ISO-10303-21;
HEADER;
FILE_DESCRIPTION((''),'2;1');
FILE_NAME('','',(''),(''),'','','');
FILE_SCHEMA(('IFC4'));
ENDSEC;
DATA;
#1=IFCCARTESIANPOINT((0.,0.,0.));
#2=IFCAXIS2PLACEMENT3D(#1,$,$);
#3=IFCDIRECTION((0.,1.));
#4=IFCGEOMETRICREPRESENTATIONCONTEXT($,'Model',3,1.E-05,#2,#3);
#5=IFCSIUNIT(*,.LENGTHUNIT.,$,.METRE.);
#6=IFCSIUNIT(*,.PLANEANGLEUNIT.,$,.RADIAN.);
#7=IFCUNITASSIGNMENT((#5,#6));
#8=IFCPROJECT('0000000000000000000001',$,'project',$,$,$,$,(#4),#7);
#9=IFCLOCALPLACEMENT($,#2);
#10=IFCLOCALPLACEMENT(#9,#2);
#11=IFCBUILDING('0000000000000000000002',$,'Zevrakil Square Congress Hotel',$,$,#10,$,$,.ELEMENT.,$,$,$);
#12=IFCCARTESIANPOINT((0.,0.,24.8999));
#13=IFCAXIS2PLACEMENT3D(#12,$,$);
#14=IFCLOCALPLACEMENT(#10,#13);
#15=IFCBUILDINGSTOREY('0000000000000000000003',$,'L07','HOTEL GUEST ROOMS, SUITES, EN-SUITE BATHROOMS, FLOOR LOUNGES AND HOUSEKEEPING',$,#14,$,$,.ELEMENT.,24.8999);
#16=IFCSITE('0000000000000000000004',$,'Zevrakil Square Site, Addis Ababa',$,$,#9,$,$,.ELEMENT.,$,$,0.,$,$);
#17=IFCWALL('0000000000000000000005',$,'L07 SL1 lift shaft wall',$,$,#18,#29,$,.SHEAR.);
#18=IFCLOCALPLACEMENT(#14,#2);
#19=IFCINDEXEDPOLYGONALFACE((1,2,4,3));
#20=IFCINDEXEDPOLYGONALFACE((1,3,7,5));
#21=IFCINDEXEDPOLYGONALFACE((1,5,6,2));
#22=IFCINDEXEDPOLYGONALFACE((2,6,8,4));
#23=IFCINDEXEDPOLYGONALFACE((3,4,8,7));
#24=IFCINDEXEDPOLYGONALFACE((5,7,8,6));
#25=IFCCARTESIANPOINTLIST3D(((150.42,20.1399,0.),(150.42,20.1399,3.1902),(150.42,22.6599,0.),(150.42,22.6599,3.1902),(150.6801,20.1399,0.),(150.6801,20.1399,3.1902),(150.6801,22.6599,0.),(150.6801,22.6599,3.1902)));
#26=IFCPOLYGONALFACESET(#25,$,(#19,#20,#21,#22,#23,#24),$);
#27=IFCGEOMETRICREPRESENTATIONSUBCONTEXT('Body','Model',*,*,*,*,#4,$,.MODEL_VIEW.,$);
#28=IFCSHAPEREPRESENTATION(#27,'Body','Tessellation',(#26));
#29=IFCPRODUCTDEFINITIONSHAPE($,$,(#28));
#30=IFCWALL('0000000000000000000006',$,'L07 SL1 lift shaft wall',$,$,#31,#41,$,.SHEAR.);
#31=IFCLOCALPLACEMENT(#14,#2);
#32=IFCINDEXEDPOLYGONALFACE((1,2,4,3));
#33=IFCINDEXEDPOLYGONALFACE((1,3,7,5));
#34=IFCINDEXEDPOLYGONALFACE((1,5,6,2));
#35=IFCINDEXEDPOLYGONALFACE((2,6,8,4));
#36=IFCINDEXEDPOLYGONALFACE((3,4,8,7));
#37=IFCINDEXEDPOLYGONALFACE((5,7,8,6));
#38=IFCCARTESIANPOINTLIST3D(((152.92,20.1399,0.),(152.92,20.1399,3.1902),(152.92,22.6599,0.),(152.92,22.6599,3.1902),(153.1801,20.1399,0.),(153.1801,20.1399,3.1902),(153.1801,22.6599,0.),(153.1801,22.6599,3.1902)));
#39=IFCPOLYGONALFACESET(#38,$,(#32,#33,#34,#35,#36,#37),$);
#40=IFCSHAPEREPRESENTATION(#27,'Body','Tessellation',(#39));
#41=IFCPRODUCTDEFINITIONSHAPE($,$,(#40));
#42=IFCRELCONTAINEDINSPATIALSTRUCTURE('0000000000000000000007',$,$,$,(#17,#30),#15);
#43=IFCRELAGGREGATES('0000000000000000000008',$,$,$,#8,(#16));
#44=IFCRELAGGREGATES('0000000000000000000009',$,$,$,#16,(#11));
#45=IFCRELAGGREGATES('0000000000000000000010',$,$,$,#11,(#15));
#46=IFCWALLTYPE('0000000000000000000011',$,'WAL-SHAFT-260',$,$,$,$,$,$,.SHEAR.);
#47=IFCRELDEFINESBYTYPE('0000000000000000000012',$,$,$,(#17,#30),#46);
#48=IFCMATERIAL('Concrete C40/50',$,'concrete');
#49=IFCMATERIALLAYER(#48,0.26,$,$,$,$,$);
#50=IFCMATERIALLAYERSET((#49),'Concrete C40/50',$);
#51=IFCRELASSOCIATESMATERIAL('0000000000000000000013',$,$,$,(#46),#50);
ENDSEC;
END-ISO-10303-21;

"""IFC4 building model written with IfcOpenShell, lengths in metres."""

from ifc_helpers import new_model, si_unit, direction, frame, frame_2d, origin, place, context, subcontext, project, spatial, rectangle, extrude, material, layer, layer_set, type_object, element, save


model = new_model("IFC4")

# Units and contexts
model_context = context("Model", 3, precision=1e-05, world=origin(), true_north=direction((0.0, 1.0)))
body_context = subcontext(model_context, "Body", "Model", "MODEL_VIEW")
ifc_project = project(units=[si_unit("LENGTHUNIT", "METRE"), si_unit("PLANEANGLEUNIT", "RADIAN")], contexts=[model_context])

# Site, building, storey
site_placement = place(None, origin())
site = spatial("IfcSite", under=ifc_project, at=site_placement, Name="Zevrakil Square Site, Addis Ababa", CompositionType="ELEMENT", RefElevation=0.0)
building_placement = place(site_placement, origin())
building = spatial("IfcBuilding", under=site, at=building_placement, Name="Zevrakil Square Congress Hotel", CompositionType="ELEMENT")
storey_placement = place(building_placement, frame((0.0, 0.0, 24.8999)))
storey = spatial("IfcBuildingStorey", under=building, at=storey_placement, Name="L07", Description="HOTEL GUEST ROOMS, SUITES, EN-SUITE BATHROOMS, FLOOR LOUNGES AND HOUSEKEEPING", CompositionType="ELEMENT", Elevation=24.8999)

# Shared definitions
ifc_material_1 = material(Name="Concrete C40/50", Category="concrete")
ifc_layer_1 = layer(ifc_material_1, 0.26)
ifc_layer_set_1 = layer_set([ifc_layer_1], Name="Concrete C40/50")
wall_type_1 = type_object("IfcWallType", Name="WAL-SHAFT-260", PredefinedType="SHEAR", material=ifc_layer_set_1)

# Walls
for number, where, z_axis, x_axis, name in (
    (1, (150.55, 20.1399, 0.0), (0.0, 0.0, 1.0), (0.0, 1.0, 0.0), "L07 SL1 lift shaft wall"),
    (2, (153.05, 20.1399, 0.0), (0.0, 0.0, 1.0), (0.0, 1.0, 0.0), "L07 SL1 lift shaft wall"),
):
    element("IfcWall", number, at=place(storey_placement, frame(where, z_axis=z_axis, x_axis=x_axis)), inside=storey, type_object=wall_type_1, Name=name, PredefinedType="SHEAR", context=body_context, shape_type="SweptSolid", body=[
        extrude(rectangle(XDim=2.52, YDim=0.26, at=frame_2d((1.26, 0.0))), origin(), (0.0, 0.0, 1.0), 3.1902),
    ])

save(model, "model.ifc")
